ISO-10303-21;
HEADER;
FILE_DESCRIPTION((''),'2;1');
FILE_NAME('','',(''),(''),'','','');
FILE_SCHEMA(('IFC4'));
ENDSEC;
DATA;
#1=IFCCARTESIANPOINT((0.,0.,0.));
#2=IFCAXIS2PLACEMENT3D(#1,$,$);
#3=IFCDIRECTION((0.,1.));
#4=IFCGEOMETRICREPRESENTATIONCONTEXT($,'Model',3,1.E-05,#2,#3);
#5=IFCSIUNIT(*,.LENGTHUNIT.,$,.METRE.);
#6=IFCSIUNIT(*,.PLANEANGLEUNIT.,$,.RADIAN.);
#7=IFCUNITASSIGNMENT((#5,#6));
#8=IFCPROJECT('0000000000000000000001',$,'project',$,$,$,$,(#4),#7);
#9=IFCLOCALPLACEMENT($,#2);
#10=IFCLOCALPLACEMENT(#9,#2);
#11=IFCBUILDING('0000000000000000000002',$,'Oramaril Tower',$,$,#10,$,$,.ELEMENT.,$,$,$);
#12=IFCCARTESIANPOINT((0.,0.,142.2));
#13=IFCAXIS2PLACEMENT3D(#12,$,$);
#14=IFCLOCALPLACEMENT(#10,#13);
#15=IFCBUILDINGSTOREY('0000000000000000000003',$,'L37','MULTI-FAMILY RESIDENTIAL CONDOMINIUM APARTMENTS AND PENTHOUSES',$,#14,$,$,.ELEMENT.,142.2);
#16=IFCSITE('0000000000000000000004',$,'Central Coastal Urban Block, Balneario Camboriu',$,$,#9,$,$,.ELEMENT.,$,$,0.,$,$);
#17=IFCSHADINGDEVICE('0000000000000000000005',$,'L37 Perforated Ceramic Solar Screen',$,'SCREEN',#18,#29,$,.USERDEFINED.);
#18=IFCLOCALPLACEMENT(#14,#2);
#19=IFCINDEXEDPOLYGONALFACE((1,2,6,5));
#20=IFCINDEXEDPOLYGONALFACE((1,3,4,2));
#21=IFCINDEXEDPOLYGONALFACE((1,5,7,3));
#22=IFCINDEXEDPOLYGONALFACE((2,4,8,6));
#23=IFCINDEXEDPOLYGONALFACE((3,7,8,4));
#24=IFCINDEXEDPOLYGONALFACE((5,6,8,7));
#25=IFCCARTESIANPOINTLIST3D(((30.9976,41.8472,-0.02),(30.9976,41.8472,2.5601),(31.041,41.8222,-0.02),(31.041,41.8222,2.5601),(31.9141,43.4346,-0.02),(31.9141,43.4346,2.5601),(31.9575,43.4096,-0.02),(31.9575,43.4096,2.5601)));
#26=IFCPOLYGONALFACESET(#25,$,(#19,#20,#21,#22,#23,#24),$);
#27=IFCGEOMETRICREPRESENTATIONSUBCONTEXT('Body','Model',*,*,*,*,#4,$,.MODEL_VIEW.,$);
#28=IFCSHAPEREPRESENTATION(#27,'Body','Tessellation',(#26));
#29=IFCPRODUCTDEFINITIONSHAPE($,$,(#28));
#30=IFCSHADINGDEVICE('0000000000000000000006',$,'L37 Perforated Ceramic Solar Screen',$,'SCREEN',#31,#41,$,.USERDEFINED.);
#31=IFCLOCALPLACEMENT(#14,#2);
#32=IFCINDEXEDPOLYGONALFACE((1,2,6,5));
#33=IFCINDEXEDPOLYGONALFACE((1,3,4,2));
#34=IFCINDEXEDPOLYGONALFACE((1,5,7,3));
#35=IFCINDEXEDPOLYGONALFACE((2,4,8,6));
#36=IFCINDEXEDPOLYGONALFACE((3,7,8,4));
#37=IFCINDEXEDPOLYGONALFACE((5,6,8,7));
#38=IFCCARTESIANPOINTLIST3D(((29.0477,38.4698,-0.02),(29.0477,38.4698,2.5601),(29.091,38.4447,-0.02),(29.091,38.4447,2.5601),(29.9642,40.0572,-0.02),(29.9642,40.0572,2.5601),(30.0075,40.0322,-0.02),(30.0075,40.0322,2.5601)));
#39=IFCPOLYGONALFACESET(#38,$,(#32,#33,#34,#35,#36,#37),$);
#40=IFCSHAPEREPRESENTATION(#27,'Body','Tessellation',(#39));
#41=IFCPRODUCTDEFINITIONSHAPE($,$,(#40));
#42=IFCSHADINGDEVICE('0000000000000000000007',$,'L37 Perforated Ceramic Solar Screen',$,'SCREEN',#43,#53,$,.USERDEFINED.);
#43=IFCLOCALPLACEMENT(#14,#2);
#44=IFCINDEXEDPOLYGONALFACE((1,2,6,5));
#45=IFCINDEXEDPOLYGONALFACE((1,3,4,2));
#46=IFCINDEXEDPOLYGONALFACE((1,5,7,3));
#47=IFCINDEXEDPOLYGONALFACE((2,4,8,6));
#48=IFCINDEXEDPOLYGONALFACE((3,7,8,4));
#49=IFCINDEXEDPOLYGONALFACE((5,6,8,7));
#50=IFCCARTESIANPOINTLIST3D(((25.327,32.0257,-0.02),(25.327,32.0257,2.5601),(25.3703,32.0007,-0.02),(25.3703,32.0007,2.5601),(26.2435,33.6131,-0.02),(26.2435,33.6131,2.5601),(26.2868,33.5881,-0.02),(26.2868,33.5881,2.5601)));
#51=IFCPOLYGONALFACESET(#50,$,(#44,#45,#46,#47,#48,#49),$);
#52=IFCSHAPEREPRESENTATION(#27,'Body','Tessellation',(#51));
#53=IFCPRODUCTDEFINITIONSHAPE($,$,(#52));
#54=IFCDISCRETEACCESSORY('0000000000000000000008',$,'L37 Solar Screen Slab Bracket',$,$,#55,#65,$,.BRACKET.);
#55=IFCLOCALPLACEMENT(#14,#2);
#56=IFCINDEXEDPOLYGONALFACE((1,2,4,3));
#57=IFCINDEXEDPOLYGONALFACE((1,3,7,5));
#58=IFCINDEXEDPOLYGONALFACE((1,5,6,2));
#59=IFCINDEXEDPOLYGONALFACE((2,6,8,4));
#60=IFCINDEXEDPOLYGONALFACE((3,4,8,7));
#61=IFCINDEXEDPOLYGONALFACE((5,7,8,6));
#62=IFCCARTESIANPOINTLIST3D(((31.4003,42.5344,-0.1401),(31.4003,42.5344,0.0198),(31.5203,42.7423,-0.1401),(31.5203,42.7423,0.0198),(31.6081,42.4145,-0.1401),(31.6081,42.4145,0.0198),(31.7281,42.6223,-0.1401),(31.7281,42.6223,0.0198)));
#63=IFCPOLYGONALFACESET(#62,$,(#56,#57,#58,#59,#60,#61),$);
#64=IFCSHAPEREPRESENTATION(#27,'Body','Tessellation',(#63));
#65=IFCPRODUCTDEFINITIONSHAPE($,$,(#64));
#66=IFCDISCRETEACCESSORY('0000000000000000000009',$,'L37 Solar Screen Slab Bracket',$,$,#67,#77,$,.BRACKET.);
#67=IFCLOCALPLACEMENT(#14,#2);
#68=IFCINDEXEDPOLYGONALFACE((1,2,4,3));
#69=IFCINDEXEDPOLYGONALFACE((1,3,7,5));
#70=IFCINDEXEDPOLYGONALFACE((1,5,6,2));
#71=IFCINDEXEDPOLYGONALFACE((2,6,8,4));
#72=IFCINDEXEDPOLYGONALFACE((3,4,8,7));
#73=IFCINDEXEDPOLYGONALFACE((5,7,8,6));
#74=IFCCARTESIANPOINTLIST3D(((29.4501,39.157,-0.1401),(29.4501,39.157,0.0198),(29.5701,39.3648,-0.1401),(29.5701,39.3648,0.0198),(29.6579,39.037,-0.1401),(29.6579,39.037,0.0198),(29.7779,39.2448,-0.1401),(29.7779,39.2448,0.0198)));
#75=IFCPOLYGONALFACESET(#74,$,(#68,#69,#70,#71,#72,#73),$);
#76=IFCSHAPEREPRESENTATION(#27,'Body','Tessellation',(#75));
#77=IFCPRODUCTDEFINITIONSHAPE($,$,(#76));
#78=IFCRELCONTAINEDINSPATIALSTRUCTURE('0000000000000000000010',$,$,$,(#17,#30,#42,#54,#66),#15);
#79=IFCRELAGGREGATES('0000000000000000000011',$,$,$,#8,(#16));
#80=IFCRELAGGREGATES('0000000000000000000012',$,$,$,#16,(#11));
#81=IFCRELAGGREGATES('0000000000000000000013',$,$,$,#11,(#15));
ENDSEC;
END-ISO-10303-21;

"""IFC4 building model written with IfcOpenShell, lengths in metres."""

from ifc_helpers import new_model, si_unit, direction, frame, origin, origin_2d, place, context, subcontext, project, spatial, rectangle, extrude, element, save


model = new_model("IFC4")

# Units and contexts
model_context = context("Model", 3, precision=1e-05, world=origin(), true_north=direction((0.0, 1.0)))
body_context = subcontext(model_context, "Body", "Model", "MODEL_VIEW")
ifc_project = project(units=[si_unit("LENGTHUNIT", "METRE"), si_unit("PLANEANGLEUNIT", "RADIAN")], contexts=[model_context])

# Site, building, storey
site_placement = place(None, origin())
site = spatial("IfcSite", under=ifc_project, at=site_placement, Name="Central Coastal Urban Block, Balneario Camboriu", CompositionType="ELEMENT", RefElevation=0.0)
building_placement = place(site_placement, origin())
building = spatial("IfcBuilding", under=site, at=building_placement, Name="Oramaril Tower", CompositionType="ELEMENT")
storey_placement = place(building_placement, frame((0.0, 0.0, 142.2)))
storey = spatial("IfcBuildingStorey", under=building, at=storey_placement, Name="L37", Description="MULTI-FAMILY RESIDENTIAL CONDOMINIUM APARTMENTS AND PENTHOUSES", CompositionType="ELEMENT", Elevation=142.2)

# Shading devices
for number, where, z_axis, x_axis, name in (
    (1, (31.4775, 42.6284, -0.02), (0.0, 0.0, 1.0), (-0.499998, -0.866026, 0.0), "L37 Perforated Ceramic Solar Screen"),
    (2, (29.5276, 39.251, -0.02), (0.0, 0.0, 1.0), (-0.499998, -0.866026, 0.0), "L37 Perforated Ceramic Solar Screen"),
    (3, (25.8069, 32.8069, -0.02), (0.0, 0.0, 1.0), (-0.499998, -0.866026, 0.0), "L37 Perforated Ceramic Solar Screen"),
):
    element("IfcShadingDevice", number, at=place(storey_placement, frame(where, z_axis=z_axis, x_axis=x_axis)), inside=storey, Name=name, ObjectType="SCREEN", PredefinedType="USERDEFINED", context=body_context, shape_type="SweptSolid", body=[
        extrude(rectangle(XDim=1.833, YDim=0.05, at=origin_2d()), origin(), (0.0, 0.0, 1.0), 2.5801),
    ])

# Discrete accessories
for number, where, z_axis, x_axis, name in (
    (4, (31.5642, 42.5784, -0.1401), (0.0, 0.0, 1.0), (-0.499998, -0.866026, 0.0), "L37 Solar Screen Slab Bracket"),
    (5, (29.614, 39.2009, -0.1401), (0.0, 0.0, 1.0), (-0.499998, -0.866026, 0.0), "L37 Solar Screen Slab Bracket"),
):
    element("IfcDiscreteAccessory", number, at=place(storey_placement, frame(where, z_axis=z_axis, x_axis=x_axis)), inside=storey, Name=name, PredefinedType="BRACKET", context=body_context, shape_type="SweptSolid", body=[
        extrude(rectangle(XDim=0.24, YDim=0.24, at=origin_2d()), origin(), (0.0, 0.0, 1.0), 0.1599),
    ])

save(model, "model.ifc")
